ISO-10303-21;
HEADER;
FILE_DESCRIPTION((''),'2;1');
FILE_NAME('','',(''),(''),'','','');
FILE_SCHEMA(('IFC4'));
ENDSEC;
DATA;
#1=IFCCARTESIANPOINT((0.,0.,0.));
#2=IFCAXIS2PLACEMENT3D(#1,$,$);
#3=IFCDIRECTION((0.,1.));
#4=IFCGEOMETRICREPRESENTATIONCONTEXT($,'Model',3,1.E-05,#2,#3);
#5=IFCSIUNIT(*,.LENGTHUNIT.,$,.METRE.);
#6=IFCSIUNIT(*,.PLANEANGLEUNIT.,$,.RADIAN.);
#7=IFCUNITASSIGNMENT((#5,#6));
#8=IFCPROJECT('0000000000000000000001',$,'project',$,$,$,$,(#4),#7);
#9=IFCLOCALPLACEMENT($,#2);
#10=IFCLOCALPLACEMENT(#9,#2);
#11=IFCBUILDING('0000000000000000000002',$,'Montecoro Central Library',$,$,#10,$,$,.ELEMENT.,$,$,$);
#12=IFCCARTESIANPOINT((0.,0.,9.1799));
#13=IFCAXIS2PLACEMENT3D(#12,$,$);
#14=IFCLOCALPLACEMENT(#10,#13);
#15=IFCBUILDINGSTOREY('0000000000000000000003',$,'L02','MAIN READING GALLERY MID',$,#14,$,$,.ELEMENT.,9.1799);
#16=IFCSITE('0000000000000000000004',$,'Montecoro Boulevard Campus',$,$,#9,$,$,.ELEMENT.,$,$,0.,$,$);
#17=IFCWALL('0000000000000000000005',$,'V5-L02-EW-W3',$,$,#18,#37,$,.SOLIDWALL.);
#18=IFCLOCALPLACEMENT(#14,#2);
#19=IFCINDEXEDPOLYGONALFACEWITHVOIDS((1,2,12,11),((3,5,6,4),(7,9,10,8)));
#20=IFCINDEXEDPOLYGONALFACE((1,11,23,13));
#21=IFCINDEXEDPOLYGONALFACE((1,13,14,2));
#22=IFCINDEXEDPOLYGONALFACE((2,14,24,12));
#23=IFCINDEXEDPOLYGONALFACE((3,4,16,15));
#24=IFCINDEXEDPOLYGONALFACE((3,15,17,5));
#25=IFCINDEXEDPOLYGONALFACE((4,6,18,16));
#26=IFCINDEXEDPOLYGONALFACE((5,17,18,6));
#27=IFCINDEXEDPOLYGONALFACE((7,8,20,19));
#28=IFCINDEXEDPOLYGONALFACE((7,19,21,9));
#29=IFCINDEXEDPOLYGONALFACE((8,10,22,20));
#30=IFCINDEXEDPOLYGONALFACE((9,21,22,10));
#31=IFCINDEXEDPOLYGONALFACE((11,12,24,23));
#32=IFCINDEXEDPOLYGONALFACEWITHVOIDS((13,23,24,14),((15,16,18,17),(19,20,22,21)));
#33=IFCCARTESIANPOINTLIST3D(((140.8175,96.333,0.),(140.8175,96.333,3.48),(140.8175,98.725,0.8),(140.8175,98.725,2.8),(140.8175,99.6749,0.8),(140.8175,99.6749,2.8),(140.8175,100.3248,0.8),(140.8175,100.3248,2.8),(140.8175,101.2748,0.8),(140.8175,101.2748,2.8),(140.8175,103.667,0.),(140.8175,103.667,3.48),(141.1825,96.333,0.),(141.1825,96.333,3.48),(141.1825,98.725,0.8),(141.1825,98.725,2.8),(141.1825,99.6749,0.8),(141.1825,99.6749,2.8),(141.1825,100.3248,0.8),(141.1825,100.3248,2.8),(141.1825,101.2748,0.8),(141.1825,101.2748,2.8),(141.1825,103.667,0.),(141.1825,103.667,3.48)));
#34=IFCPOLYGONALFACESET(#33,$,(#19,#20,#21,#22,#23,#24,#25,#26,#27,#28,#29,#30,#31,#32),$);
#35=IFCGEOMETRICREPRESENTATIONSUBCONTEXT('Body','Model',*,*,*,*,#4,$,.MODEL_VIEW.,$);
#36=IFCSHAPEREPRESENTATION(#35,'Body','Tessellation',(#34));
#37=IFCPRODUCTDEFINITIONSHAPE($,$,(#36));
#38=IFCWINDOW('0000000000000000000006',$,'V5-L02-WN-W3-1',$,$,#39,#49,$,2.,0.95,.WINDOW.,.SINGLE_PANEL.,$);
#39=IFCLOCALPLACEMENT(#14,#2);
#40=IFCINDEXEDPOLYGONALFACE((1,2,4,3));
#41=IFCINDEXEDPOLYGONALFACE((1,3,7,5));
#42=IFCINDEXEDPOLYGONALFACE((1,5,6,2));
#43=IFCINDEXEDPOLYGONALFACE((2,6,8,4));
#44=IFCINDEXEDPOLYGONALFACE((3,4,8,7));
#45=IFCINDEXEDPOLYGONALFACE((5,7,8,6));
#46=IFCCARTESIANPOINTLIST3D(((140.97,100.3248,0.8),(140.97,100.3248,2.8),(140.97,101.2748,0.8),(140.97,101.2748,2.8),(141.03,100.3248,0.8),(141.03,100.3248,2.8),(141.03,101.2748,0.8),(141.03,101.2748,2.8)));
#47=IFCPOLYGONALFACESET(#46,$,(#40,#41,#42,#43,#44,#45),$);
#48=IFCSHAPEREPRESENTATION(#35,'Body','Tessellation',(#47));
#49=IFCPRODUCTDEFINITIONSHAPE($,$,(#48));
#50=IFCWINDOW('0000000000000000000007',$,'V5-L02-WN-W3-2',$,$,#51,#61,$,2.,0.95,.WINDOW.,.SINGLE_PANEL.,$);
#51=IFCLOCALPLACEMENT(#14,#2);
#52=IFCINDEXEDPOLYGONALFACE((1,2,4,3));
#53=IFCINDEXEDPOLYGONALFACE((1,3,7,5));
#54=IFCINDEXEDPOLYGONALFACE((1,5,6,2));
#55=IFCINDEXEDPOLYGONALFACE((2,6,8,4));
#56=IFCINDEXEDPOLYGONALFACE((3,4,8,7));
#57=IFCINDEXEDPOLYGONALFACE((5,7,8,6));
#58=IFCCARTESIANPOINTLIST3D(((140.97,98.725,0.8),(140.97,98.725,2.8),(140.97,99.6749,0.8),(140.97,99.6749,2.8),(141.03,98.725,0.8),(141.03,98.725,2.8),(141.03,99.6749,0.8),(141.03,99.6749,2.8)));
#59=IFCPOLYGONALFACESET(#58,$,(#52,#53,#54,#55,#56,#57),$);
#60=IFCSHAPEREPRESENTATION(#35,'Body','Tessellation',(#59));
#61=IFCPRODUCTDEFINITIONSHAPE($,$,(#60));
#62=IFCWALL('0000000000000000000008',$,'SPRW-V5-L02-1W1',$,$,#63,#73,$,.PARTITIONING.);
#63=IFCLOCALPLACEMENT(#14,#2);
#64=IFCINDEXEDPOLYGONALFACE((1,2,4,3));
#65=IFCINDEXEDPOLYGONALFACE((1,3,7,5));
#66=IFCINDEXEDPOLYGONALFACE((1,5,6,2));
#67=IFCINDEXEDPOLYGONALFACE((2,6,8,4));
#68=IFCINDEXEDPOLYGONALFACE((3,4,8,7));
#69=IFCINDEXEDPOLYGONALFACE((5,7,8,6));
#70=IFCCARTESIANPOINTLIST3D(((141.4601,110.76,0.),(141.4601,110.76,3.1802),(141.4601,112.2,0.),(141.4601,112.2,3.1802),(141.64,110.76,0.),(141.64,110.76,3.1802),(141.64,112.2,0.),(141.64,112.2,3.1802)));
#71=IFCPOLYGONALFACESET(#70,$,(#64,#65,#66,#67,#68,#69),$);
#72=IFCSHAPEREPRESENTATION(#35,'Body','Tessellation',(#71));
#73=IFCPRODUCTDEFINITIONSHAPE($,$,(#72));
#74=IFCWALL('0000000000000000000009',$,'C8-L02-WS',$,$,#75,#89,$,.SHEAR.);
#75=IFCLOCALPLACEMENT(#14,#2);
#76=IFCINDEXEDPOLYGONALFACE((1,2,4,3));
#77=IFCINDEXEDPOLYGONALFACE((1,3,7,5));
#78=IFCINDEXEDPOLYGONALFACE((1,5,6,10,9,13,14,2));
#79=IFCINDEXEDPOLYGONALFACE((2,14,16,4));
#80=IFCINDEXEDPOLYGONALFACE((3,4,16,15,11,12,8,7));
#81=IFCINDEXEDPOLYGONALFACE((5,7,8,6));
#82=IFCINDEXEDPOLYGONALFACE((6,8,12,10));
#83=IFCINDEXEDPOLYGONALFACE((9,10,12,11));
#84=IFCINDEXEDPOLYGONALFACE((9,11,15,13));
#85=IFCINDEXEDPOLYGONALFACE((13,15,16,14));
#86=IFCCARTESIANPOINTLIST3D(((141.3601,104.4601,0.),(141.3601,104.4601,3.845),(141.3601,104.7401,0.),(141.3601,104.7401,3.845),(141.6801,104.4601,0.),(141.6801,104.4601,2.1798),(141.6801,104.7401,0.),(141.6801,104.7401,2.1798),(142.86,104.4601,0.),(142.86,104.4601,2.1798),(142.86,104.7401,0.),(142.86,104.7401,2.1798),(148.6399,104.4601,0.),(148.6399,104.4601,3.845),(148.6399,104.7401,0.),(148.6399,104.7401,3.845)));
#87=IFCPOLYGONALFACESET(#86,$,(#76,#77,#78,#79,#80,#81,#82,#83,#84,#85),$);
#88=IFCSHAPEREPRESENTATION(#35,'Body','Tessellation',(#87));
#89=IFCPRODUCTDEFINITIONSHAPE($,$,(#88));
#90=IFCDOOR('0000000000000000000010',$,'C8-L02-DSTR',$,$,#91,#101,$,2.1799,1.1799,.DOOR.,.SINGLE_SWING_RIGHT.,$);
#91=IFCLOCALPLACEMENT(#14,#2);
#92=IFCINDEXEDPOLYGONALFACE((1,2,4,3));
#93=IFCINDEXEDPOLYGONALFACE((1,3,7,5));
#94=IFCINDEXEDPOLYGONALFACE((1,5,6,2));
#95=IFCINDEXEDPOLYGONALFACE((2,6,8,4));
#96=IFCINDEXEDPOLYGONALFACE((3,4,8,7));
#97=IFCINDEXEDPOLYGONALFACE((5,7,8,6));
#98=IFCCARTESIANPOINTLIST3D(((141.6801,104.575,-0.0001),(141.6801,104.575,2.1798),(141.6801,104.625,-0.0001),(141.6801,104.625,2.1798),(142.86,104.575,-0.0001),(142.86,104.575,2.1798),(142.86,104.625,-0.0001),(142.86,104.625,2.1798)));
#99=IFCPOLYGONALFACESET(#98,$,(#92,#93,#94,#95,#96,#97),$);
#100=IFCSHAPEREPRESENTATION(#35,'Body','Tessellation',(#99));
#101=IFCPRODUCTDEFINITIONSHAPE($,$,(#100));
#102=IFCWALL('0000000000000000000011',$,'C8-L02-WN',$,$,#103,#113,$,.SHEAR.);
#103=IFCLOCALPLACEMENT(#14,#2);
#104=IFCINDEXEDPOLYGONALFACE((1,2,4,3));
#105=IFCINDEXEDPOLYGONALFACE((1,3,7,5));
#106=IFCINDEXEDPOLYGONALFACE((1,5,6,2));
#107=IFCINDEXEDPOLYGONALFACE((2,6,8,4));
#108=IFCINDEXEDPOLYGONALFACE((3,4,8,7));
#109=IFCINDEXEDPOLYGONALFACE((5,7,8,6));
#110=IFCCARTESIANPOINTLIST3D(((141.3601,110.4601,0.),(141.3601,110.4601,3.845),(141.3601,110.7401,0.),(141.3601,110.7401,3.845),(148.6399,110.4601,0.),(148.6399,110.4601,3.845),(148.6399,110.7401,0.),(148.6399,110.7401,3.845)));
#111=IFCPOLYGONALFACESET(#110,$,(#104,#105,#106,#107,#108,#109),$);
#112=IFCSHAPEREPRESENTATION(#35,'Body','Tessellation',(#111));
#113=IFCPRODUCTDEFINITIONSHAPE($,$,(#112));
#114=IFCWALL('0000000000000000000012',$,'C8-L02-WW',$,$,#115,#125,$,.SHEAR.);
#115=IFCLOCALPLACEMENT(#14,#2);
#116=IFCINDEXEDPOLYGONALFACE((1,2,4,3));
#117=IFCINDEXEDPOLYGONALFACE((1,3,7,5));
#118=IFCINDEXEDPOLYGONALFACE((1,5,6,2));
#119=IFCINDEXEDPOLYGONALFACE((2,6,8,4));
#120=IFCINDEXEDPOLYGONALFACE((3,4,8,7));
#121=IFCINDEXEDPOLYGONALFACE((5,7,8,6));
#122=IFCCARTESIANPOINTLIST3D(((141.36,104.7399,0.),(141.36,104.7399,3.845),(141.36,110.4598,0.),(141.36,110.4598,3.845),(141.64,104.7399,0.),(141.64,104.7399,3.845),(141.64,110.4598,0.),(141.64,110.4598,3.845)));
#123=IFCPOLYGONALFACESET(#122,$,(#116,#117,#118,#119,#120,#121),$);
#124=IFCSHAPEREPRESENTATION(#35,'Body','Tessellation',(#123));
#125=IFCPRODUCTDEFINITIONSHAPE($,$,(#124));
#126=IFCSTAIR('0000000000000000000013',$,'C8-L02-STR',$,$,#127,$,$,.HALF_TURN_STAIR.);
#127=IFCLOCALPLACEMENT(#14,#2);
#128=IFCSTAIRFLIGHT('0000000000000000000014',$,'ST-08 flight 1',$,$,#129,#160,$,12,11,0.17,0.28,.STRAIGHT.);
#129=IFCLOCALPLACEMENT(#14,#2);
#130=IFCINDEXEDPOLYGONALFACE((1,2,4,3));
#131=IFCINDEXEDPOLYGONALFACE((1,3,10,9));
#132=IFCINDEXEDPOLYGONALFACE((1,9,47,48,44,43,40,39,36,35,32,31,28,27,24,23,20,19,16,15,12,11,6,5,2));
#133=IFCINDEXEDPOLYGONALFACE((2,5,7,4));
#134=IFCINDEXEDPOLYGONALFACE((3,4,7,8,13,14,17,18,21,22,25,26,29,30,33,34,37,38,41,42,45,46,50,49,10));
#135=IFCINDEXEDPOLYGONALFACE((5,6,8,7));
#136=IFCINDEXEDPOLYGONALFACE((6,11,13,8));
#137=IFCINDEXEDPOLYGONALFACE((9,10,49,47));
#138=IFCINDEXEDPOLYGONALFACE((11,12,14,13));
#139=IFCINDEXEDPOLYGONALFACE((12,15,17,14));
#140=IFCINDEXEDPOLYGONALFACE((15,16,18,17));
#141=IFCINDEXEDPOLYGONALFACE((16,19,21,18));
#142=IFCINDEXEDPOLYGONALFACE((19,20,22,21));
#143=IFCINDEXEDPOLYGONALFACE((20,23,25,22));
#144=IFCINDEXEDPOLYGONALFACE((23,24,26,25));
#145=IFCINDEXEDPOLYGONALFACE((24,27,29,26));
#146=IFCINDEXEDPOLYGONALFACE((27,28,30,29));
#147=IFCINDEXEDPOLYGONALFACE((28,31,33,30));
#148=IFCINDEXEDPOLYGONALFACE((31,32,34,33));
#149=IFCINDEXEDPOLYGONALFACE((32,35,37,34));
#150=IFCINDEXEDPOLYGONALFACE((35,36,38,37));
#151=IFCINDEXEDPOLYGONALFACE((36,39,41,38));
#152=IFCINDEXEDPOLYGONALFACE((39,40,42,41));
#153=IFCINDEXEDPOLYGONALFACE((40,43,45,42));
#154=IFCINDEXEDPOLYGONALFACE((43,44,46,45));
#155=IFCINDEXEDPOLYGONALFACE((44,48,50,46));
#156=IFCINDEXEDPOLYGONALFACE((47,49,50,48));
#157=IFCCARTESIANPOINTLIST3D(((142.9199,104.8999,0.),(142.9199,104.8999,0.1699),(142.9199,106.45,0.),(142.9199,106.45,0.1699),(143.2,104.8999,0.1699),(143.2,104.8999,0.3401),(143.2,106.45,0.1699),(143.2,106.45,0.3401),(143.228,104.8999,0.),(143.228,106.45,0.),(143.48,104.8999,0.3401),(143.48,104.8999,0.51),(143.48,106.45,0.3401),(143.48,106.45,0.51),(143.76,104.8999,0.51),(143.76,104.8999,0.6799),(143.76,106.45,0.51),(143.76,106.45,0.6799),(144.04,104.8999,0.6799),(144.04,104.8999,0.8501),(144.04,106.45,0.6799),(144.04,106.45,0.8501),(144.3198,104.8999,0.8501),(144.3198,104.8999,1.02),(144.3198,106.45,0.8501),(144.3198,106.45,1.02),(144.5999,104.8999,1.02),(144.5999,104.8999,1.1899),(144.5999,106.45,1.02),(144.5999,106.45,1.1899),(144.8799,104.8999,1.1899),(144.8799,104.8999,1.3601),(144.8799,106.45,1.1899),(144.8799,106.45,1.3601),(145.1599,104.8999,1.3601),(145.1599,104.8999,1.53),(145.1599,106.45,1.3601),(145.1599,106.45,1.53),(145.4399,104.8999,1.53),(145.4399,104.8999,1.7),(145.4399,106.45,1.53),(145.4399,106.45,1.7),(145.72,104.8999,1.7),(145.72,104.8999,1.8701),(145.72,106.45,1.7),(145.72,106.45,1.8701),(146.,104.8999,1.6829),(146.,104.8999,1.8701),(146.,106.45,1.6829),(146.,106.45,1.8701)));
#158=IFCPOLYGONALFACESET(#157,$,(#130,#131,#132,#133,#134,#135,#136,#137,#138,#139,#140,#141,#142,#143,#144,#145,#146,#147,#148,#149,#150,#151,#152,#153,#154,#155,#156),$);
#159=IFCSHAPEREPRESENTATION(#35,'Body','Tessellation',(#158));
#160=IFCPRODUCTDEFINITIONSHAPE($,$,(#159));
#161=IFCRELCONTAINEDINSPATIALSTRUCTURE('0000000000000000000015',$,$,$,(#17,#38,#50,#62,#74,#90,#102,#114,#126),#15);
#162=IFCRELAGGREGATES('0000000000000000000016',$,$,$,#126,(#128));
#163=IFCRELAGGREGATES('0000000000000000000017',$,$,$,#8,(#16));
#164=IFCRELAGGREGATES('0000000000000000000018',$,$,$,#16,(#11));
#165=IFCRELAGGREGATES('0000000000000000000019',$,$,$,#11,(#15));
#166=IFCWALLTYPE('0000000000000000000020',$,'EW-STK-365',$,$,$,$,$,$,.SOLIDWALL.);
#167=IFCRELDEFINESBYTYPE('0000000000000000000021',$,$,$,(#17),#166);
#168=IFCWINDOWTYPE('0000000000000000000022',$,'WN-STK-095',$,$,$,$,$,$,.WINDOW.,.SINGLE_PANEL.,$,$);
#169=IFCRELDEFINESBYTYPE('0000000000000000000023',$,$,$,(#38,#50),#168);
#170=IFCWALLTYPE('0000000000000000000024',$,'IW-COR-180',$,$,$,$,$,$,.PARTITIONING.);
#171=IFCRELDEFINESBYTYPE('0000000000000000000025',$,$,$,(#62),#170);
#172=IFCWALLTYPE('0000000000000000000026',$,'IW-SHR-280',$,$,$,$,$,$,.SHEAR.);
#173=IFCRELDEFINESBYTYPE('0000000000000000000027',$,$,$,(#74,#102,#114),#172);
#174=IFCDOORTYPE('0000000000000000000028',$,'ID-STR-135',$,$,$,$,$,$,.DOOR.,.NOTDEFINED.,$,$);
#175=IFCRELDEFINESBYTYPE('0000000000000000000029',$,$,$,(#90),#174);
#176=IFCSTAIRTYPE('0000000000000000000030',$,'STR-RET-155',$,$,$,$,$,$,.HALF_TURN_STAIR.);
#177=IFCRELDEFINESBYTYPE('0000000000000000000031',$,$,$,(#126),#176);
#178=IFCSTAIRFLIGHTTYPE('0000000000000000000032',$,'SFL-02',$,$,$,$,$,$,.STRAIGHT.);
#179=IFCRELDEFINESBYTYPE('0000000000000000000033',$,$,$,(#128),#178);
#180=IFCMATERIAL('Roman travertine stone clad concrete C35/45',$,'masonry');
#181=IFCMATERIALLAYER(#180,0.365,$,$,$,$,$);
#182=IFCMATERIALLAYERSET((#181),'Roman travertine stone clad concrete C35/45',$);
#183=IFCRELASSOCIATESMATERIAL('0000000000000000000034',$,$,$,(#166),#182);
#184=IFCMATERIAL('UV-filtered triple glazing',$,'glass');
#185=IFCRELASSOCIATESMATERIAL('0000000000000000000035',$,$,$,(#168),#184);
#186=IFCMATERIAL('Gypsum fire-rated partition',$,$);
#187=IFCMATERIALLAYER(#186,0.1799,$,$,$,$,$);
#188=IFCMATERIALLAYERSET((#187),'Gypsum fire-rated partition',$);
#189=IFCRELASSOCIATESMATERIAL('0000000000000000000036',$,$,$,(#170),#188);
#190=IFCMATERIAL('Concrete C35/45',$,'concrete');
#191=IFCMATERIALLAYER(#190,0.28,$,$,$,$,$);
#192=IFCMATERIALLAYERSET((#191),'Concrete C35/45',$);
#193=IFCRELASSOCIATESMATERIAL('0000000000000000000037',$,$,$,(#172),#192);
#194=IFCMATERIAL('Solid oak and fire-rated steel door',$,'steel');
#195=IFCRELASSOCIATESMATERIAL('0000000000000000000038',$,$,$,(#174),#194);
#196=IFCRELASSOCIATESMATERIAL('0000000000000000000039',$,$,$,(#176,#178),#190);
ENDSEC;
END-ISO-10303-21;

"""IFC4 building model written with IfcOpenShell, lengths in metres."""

from ifc_helpers import new_model, si_unit, direction, frame, frame_2d, origin, place, context, subcontext, project, spatial, polyline, rectangle, outline, extrude, material, layer, layer_set, type_object, element, fill, aggregate, save


model = new_model("IFC4")

# Units and contexts
model_context = context("Model", 3, precision=1e-05, world=origin(), true_north=direction((0.0, 1.0)))
body_context = subcontext(model_context, "Body", "Model", "MODEL_VIEW")
ifc_project = project(units=[si_unit("LENGTHUNIT", "METRE"), si_unit("PLANEANGLEUNIT", "RADIAN")], contexts=[model_context])

# Site, building, storey
site_placement = place(None, origin())
site = spatial("IfcSite", under=ifc_project, at=site_placement, Name="Montecoro Boulevard Campus", CompositionType="ELEMENT", RefElevation=0.0)
building_placement = place(site_placement, origin())
building = spatial("IfcBuilding", under=site, at=building_placement, Name="Montecoro Central Library", CompositionType="ELEMENT")
storey_placement = place(building_placement, frame((0.0, 0.0, 9.1799)))
storey = spatial("IfcBuildingStorey", under=building, at=storey_placement, Name="L02", Description="MAIN READING GALLERY MID", CompositionType="ELEMENT", Elevation=9.1799)

# Shared definitions
ifc_material_1 = material(Name="Concrete C35/45", Category="concrete")

# Shared definitions
ifc_material_2 = material(Name="Roman travertine stone clad concrete C35/45", Category="masonry")
ifc_layer_1 = layer(ifc_material_2, 0.365)
ifc_layer_set_1 = layer_set([ifc_layer_1], Name="Roman travertine stone clad concrete C35/45")
wall_type_1 = type_object("IfcWallType", Name="EW-STK-365", PredefinedType="SOLIDWALL", material=ifc_layer_set_1)
ifc_material_3 = material(Name="UV-filtered triple glazing", Category="glass")

# Wall, openings, windows
wall_1_placement = place(storey_placement, frame((141.0, 103.667, 0.0), z_axis=(0.0, 0.0, 1.0), x_axis=(0.0, -1.0, 0.0)))
wall_1 = element("IfcWall", 1, at=wall_1_placement, inside=storey, type_object=wall_type_1, Name="V5-L02-EW-W3", PredefinedType="SOLIDWALL", context=body_context, shape_type="SweptSolid", body=[
    extrude(rectangle(XDim=7.334, YDim=0.365, at=frame_2d((3.667, 0.0))), origin(), (0.0, 0.0, 1.0), 3.48),
])
opening_1_placement = place(wall_1_placement, frame((2.3921, 0.0, 0.8)))
opening_1 = element("IfcOpeningElement", 2, at=opening_1_placement, cuts=wall_1, PredefinedType="OPENING", context=body_context, shape_type="SweptSolid", body=[
    extrude(rectangle(XDim=0.95, YDim=2.0, at=frame_2d((0.4751, 1.0))), frame((0.0, 0.1924, 0.0), z_axis=(0.0, -1.0, 0.0), x_axis=(1.0, 0.0, 0.0)), (0.0, 0.0, 1.0), 0.385),
])
opening_2_placement = place(wall_1_placement, frame((3.9919, 0.0, 0.8)))
opening_2 = element("IfcOpeningElement", 3, at=opening_2_placement, cuts=wall_1, PredefinedType="OPENING", context=body_context, shape_type="SweptSolid", body=[
    extrude(rectangle(XDim=0.95, YDim=2.0, at=frame_2d((0.4751, 1.0))), frame((0.0, 0.1924, 0.0), z_axis=(0.0, -1.0, 0.0), x_axis=(1.0, 0.0, 0.0)), (0.0, 0.0, 1.0), 0.385),
])
window_type_1 = type_object("IfcWindowType", Name="WN-STK-095", PartitioningType="SINGLE_PANEL", PredefinedType="WINDOW", material=ifc_material_3)
window_1_placement = place(opening_1_placement, origin())
window_1 = element("IfcWindow", 4, at=window_1_placement, inside=storey, type_object=window_type_1, Name="V5-L02-WN-W3-1", OverallHeight=2.0, OverallWidth=0.95, PartitioningType="SINGLE_PANEL", PredefinedType="WINDOW", context=body_context, shape_type="SweptSolid", body=[
    extrude(rectangle(XDim=0.95, YDim=2.0, at=frame_2d((0.4751, 1.0))), frame((0.0, 0.03, 0.0), z_axis=(0.0, -1.0, 0.0), x_axis=(1.0, 0.0, 0.0)), (0.0, 0.0, 1.0), 0.0601),
])
fill(opening_1, window_1)
window_2_placement = place(opening_2_placement, origin())
window_2 = element("IfcWindow", 5, at=window_2_placement, inside=storey, type_object=window_type_1, Name="V5-L02-WN-W3-2", OverallHeight=2.0, OverallWidth=0.95, PartitioningType="SINGLE_PANEL", PredefinedType="WINDOW", context=body_context, shape_type="SweptSolid", body=[
    extrude(rectangle(XDim=0.95, YDim=2.0, at=frame_2d((0.4751, 1.0))), frame((0.0, 0.03, 0.0), z_axis=(0.0, -1.0, 0.0), x_axis=(1.0, 0.0, 0.0)), (0.0, 0.0, 1.0), 0.0601),
])
fill(opening_2, window_2)

# Wall
ifc_material_4 = material(Name="Gypsum fire-rated partition")
ifc_layer_2 = layer(ifc_material_4, 0.1799)
ifc_layer_set_2 = layer_set([ifc_layer_2], Name="Gypsum fire-rated partition")
wall_type_2 = type_object("IfcWallType", Name="IW-COR-180", PredefinedType="PARTITIONING", material=ifc_layer_set_2)
wall_2_placement = place(storey_placement, frame((141.55, 110.76, 0.0), z_axis=(0.0, 0.0, 1.0), x_axis=(0.0, 1.0, 0.0)))
element("IfcWall", 6, at=wall_2_placement, inside=storey, type_object=wall_type_2, Name="SPRW-V5-L02-1W1", PredefinedType="PARTITIONING", context=body_context, shape_type="SweptSolid", body=[
    extrude(rectangle(XDim=1.4399, YDim=0.1799, at=frame_2d((0.72, 0.0))), origin(), (0.0, 0.0, 1.0), 3.1802),
])

# Wall, opening, door
ifc_layer_3 = layer(ifc_material_1, 0.28)
ifc_layer_set_3 = layer_set([ifc_layer_3], Name="Concrete C35/45")
wall_type_3 = type_object("IfcWallType", Name="IW-SHR-280", PredefinedType="SHEAR", material=ifc_layer_set_3)
wall_3_placement = place(storey_placement, frame((141.3601, 104.6001, 0.0), z_axis=(0.0, 0.0, 1.0), x_axis=(1.0, 0.0, 0.0)))
wall_3 = element("IfcWall", 7, at=wall_3_placement, inside=storey, type_object=wall_type_3, Name="C8-L02-WS", PredefinedType="SHEAR", context=body_context, shape_type="SweptSolid", body=[
    extrude(rectangle(XDim=7.2798, YDim=0.28, at=frame_2d((3.6399, 0.0))), origin(), (0.0, 0.0, 1.0), 3.845),
])
opening_3_placement = place(wall_3_placement, frame((0.3201, 0.0, 0.0)))
opening_3 = element("IfcOpeningElement", 8, at=opening_3_placement, cuts=wall_3, PredefinedType="OPENING", context=body_context, shape_type="SweptSolid", body=[
    extrude(rectangle(XDim=1.1799, YDim=2.1799, at=frame_2d((0.5898, 1.0898))), frame((0.0, 0.1499, 0.0), z_axis=(0.0, -1.0, 0.0), x_axis=(1.0, 0.0, 0.0)), (0.0, 0.0, 1.0), 0.3),
])
ifc_material_5 = material(Name="Solid oak and fire-rated steel door", Category="steel")
door_type = type_object("IfcDoorType", Name="ID-STR-135", OperationType="NOTDEFINED", PredefinedType="DOOR", material=ifc_material_5)
door_placement = place(opening_3_placement, origin())
door = element("IfcDoor", 9, at=door_placement, inside=storey, type_object=door_type, Name="C8-L02-DSTR", OperationType="SINGLE_SWING_RIGHT", OverallHeight=2.1799, OverallWidth=1.1799, PredefinedType="DOOR", context=body_context, shape_type="SweptSolid", body=[
    extrude(rectangle(XDim=1.1799, YDim=2.1799, at=frame_2d((0.5898, 1.0898))), frame((0.0, 0.0249, 0.0), z_axis=(0.0, -1.0, 0.0), x_axis=(1.0, 0.0, 0.0)), (0.0, 0.0, 1.0), 0.05),
])
fill(opening_3, door)

# Walls
wall_4_placement = place(storey_placement, frame((141.3601, 110.6001, 0.0), z_axis=(0.0, 0.0, 1.0), x_axis=(1.0, 0.0, 0.0)))
element("IfcWall", 10, at=wall_4_placement, inside=storey, type_object=wall_type_3, Name="C8-L02-WN", PredefinedType="SHEAR", context=body_context, shape_type="SweptSolid", body=[
    extrude(rectangle(XDim=7.2798, YDim=0.28, at=frame_2d((3.6399, 0.0))), origin(), (0.0, 0.0, 1.0), 3.845),
])
wall_5_placement = place(storey_placement, frame((141.5, 104.74, 0.0), z_axis=(0.0, 0.0, 1.0), x_axis=(0.0, 1.0, 0.0)))
element("IfcWall", 11, at=wall_5_placement, inside=storey, type_object=wall_type_3, Name="C8-L02-WW", PredefinedType="SHEAR", context=body_context, shape_type="SweptSolid", body=[
    extrude(rectangle(XDim=5.72, YDim=0.28, at=frame_2d((2.8599, 0.0))), origin(), (0.0, 0.0, 1.0), 3.845),
])

# Stair, stair flight
stair_type = type_object("IfcStairType", Name="STR-RET-155", PredefinedType="HALF_TURN_STAIR", material=ifc_material_1)
stair_placement = place(storey_placement, origin())
stair = element("IfcStair", 12, at=stair_placement, inside=storey, type_object=stair_type, Name="C8-L02-STR", PredefinedType="HALF_TURN_STAIR")
stair_flight_type = type_object("IfcStairFlightType", Name="SFL-02", PredefinedType="STRAIGHT", material=ifc_material_1)
stair_flight_placement = place(storey_placement, frame((142.9199, 105.675, 0.0), z_axis=(0.0, 0.0, 1.0), x_axis=(1.0, 0.0, 0.0)))
stair_flight = element("IfcStairFlight", 13, at=stair_flight_placement, type_object=stair_flight_type, Name="ST-08 flight 1", NumberOfRisers=12, NumberOfTreads=11, PredefinedType="STRAIGHT", RiserHeight=0.17, TreadLength=0.28, context=body_context, shape_type="SweptSolid", body=[
    extrude(outline(polyline([(0.0, 0.0), (0.0, 0.1699), (0.28, 0.1699), (0.28, 0.3401), (0.5601, 0.3401), (0.5601, 0.51), (0.8401, 0.51), (0.8401, 0.6799), (1.1201, 0.6799), (1.1201, 0.8501), (1.3999, 0.8501), (1.3999, 1.02), (1.6799, 1.02), (1.6799, 1.1899), (1.96, 1.1899), (1.96, 1.3601), (2.24, 1.3601), (2.24, 1.53), (2.52, 1.53), (2.52, 1.7), (2.8, 1.7), (2.8, 1.8701), (3.0801, 1.8701), (3.0801, 2.04), (3.0801, 1.6829), (0.3081, 0.0), (0.0, 0.0)])), frame((0.0, 0.7749, 0.0), z_axis=(0.0, -1.0, 0.0), x_axis=(1.0, 0.0, 0.0)), (0.0, 0.0, 1.0), 1.55),
])
aggregate(stair, [stair_flight])

save(model, "model.ifc")
